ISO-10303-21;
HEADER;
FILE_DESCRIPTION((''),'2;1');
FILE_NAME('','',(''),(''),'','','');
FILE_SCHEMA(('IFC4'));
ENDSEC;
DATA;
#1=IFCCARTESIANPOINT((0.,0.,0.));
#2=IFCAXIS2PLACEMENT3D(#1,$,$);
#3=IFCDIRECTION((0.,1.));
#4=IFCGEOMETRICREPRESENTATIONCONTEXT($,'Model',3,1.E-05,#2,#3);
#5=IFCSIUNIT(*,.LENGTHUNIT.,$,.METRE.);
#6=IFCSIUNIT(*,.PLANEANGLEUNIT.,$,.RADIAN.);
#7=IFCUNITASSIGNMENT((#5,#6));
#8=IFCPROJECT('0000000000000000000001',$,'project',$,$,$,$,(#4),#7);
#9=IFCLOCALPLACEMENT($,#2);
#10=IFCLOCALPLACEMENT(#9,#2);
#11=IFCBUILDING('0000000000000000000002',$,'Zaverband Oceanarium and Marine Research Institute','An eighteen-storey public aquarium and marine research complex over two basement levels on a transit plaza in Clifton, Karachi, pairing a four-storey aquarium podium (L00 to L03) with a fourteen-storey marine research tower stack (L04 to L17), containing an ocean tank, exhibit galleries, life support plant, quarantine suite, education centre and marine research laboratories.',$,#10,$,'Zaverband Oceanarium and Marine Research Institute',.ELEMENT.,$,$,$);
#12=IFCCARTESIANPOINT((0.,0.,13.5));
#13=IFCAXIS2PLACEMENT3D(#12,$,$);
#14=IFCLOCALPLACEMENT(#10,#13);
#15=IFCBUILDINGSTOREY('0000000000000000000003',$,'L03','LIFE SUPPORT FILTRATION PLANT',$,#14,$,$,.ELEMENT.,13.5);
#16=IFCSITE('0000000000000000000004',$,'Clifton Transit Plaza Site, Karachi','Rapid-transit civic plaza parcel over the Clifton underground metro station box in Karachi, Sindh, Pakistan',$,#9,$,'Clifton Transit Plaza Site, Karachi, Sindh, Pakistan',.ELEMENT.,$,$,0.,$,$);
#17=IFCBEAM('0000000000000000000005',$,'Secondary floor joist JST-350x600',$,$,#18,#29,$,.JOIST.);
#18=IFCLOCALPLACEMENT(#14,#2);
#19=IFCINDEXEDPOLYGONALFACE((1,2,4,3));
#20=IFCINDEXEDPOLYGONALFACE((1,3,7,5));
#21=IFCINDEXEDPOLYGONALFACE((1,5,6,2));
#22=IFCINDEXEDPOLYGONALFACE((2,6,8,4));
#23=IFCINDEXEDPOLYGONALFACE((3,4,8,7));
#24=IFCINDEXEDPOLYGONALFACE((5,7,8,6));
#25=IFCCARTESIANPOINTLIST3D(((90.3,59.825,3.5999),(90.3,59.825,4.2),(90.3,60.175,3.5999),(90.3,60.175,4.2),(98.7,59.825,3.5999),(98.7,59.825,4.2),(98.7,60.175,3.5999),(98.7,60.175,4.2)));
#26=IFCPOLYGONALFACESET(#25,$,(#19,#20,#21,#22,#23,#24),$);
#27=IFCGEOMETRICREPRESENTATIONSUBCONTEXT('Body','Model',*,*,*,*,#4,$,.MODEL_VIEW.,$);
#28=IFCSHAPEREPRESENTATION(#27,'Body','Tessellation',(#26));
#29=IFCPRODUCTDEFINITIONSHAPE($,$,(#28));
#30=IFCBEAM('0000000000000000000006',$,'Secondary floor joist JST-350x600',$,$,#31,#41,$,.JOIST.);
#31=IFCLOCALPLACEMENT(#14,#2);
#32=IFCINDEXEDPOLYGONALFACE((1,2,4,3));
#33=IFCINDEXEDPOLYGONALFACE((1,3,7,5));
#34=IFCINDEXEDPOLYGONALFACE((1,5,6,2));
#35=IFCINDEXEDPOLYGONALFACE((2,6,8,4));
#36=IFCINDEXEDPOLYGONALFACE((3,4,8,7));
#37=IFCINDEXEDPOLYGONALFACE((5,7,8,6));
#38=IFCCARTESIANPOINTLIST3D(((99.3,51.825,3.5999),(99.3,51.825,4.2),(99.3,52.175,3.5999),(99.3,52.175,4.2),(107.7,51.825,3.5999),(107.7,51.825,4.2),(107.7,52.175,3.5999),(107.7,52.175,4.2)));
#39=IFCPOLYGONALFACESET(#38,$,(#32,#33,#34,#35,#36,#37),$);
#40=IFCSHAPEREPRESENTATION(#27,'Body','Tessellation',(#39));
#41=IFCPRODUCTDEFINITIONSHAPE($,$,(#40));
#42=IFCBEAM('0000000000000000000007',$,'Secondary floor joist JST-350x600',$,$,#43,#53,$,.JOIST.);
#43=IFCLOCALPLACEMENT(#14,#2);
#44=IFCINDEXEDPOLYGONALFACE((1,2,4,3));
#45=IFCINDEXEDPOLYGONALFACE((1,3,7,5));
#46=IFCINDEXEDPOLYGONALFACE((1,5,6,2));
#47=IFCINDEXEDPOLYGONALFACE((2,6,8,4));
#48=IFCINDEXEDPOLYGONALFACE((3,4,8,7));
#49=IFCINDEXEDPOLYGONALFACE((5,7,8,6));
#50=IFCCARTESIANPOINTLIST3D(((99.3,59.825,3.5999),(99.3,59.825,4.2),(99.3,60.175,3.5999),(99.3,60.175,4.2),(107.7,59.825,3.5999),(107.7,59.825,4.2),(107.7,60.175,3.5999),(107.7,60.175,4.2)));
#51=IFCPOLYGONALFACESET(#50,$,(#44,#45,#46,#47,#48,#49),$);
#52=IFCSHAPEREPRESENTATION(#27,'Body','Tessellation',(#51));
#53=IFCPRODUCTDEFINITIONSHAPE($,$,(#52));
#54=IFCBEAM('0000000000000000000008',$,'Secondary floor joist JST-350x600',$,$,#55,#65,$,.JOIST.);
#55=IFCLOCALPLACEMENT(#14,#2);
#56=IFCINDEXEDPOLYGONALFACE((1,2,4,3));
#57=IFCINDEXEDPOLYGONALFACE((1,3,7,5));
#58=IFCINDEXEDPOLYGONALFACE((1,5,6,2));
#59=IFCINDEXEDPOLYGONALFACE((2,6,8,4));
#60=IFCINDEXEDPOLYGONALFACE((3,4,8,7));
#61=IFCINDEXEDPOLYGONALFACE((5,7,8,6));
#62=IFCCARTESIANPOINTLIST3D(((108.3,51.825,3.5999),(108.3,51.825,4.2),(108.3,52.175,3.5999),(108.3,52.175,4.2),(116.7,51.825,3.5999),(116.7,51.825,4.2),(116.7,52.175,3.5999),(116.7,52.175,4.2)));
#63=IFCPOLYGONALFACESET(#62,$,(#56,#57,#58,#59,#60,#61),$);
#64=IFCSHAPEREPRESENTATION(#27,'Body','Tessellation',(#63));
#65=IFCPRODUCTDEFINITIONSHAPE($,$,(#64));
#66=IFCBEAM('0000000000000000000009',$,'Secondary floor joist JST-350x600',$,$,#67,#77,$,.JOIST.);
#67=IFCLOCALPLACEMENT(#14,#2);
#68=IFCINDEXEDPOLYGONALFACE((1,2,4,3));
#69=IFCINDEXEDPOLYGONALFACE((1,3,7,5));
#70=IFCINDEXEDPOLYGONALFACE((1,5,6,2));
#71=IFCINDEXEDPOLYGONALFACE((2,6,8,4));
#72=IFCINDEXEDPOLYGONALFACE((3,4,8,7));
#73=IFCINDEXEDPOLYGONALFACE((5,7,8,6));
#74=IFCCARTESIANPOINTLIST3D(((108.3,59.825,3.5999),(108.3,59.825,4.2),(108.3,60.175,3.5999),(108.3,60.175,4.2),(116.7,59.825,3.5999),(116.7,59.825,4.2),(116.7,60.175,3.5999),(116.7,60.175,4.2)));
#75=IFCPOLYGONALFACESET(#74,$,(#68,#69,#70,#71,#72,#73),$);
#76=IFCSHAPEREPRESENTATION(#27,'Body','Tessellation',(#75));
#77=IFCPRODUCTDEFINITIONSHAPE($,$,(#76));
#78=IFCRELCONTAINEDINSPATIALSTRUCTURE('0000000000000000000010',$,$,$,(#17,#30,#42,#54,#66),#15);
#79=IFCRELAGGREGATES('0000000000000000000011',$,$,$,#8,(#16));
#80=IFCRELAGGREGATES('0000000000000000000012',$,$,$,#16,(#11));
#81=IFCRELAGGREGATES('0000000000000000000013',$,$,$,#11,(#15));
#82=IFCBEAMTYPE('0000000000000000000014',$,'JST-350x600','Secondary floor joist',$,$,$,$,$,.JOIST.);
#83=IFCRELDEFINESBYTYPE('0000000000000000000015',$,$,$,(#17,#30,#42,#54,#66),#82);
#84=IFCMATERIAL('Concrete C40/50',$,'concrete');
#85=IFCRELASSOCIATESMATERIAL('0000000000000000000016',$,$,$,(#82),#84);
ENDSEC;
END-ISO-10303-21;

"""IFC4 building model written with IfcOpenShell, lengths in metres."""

from ifc_helpers import new_model, si_unit, direction, frame, origin, origin_2d, place, context, subcontext, project, spatial, rectangle, extrude, material, material_profile, profile_set, type_object, element, save


model = new_model("IFC4")

# Units and contexts
model_context = context("Model", 3, precision=1e-05, world=origin(), true_north=direction((0.0, 1.0)))
body_context = subcontext(model_context, "Body", "Model", "MODEL_VIEW")
ifc_project = project(units=[si_unit("LENGTHUNIT", "METRE"), si_unit("PLANEANGLEUNIT", "RADIAN")], contexts=[model_context])

# Site, building, storey
site_placement = place(None, origin())
site = spatial("IfcSite", under=ifc_project, at=site_placement, Name="Clifton Transit Plaza Site, Karachi", Description="Rapid-transit civic plaza parcel over the Clifton underground metro station box in Karachi, Sindh, Pakistan", LongName="Clifton Transit Plaza Site, Karachi, Sindh, Pakistan", CompositionType="ELEMENT", RefElevation=0.0)
building_placement = place(site_placement, origin())
building = spatial("IfcBuilding", under=site, at=building_placement, Name="Zaverband Oceanarium and Marine Research Institute", Description="An eighteen-storey public aquarium and marine research complex over two basement levels on a transit plaza in Clifton, Karachi, pairing a four-storey aquarium podium (L00 to L03) with a fourteen-storey marine research tower stack (L04 to L17), containing an ocean tank, exhibit galleries, life support plant, quarantine suite, education centre and marine research laboratories.", LongName="Zaverband Oceanarium and Marine Research Institute", CompositionType="ELEMENT")
storey_placement = place(building_placement, frame((0.0, 0.0, 13.5)))
storey = spatial("IfcBuildingStorey", under=building, at=storey_placement, Name="L03", Description="LIFE SUPPORT FILTRATION PLANT", CompositionType="ELEMENT", Elevation=13.5)

# Beams
ifc_material_1 = material(Name="Concrete C40/50", Category="concrete")
ifc_material_profile_1 = material_profile(ifc_material_1, rectangle(XDim=0.3501, YDim=0.6001, at=origin_2d()), Name="RC350x600")
ifc_profile_set_1 = profile_set([ifc_material_profile_1], Name="Concrete C40/50")
beam_type_1 = type_object("IfcBeamType", Name="JST-350x600", Description="Secondary floor joist", PredefinedType="JOIST", material=ifc_profile_set_1)
for number, where, z_axis, x_axis, name in (
    (1, (90.3, 60.0, 3.8999), (1.0, 0.0, 0.0), (0.0, 1.0, 0.0), "Secondary floor joist JST-350x600"),
    (2, (99.3, 52.0, 3.8999), (1.0, 0.0, 0.0), (0.0, 1.0, 0.0), "Secondary floor joist JST-350x600"),
    (3, (99.3, 60.0, 3.8999), (1.0, 0.0, 0.0), (0.0, 1.0, 0.0), "Secondary floor joist JST-350x600"),
    (4, (108.3, 52.0, 3.8999), (1.0, 0.0, 0.0), (0.0, 1.0, 0.0), "Secondary floor joist JST-350x600"),
    (5, (108.3, 60.0, 3.8999), (1.0, 0.0, 0.0), (0.0, 1.0, 0.0), "Secondary floor joist JST-350x600"),
):
    element("IfcBeam", number, at=place(storey_placement, frame(where, z_axis=z_axis, x_axis=x_axis)), inside=storey, type_object=beam_type_1, Name=name, PredefinedType="JOIST", context=body_context, shape_type="SweptSolid", body=[
        extrude(rectangle(XDim=0.3501, YDim=0.6001, at=origin_2d()), origin(), (0.0, 0.0, 1.0), 8.3999),
    ])

save(model, "model.ifc")
